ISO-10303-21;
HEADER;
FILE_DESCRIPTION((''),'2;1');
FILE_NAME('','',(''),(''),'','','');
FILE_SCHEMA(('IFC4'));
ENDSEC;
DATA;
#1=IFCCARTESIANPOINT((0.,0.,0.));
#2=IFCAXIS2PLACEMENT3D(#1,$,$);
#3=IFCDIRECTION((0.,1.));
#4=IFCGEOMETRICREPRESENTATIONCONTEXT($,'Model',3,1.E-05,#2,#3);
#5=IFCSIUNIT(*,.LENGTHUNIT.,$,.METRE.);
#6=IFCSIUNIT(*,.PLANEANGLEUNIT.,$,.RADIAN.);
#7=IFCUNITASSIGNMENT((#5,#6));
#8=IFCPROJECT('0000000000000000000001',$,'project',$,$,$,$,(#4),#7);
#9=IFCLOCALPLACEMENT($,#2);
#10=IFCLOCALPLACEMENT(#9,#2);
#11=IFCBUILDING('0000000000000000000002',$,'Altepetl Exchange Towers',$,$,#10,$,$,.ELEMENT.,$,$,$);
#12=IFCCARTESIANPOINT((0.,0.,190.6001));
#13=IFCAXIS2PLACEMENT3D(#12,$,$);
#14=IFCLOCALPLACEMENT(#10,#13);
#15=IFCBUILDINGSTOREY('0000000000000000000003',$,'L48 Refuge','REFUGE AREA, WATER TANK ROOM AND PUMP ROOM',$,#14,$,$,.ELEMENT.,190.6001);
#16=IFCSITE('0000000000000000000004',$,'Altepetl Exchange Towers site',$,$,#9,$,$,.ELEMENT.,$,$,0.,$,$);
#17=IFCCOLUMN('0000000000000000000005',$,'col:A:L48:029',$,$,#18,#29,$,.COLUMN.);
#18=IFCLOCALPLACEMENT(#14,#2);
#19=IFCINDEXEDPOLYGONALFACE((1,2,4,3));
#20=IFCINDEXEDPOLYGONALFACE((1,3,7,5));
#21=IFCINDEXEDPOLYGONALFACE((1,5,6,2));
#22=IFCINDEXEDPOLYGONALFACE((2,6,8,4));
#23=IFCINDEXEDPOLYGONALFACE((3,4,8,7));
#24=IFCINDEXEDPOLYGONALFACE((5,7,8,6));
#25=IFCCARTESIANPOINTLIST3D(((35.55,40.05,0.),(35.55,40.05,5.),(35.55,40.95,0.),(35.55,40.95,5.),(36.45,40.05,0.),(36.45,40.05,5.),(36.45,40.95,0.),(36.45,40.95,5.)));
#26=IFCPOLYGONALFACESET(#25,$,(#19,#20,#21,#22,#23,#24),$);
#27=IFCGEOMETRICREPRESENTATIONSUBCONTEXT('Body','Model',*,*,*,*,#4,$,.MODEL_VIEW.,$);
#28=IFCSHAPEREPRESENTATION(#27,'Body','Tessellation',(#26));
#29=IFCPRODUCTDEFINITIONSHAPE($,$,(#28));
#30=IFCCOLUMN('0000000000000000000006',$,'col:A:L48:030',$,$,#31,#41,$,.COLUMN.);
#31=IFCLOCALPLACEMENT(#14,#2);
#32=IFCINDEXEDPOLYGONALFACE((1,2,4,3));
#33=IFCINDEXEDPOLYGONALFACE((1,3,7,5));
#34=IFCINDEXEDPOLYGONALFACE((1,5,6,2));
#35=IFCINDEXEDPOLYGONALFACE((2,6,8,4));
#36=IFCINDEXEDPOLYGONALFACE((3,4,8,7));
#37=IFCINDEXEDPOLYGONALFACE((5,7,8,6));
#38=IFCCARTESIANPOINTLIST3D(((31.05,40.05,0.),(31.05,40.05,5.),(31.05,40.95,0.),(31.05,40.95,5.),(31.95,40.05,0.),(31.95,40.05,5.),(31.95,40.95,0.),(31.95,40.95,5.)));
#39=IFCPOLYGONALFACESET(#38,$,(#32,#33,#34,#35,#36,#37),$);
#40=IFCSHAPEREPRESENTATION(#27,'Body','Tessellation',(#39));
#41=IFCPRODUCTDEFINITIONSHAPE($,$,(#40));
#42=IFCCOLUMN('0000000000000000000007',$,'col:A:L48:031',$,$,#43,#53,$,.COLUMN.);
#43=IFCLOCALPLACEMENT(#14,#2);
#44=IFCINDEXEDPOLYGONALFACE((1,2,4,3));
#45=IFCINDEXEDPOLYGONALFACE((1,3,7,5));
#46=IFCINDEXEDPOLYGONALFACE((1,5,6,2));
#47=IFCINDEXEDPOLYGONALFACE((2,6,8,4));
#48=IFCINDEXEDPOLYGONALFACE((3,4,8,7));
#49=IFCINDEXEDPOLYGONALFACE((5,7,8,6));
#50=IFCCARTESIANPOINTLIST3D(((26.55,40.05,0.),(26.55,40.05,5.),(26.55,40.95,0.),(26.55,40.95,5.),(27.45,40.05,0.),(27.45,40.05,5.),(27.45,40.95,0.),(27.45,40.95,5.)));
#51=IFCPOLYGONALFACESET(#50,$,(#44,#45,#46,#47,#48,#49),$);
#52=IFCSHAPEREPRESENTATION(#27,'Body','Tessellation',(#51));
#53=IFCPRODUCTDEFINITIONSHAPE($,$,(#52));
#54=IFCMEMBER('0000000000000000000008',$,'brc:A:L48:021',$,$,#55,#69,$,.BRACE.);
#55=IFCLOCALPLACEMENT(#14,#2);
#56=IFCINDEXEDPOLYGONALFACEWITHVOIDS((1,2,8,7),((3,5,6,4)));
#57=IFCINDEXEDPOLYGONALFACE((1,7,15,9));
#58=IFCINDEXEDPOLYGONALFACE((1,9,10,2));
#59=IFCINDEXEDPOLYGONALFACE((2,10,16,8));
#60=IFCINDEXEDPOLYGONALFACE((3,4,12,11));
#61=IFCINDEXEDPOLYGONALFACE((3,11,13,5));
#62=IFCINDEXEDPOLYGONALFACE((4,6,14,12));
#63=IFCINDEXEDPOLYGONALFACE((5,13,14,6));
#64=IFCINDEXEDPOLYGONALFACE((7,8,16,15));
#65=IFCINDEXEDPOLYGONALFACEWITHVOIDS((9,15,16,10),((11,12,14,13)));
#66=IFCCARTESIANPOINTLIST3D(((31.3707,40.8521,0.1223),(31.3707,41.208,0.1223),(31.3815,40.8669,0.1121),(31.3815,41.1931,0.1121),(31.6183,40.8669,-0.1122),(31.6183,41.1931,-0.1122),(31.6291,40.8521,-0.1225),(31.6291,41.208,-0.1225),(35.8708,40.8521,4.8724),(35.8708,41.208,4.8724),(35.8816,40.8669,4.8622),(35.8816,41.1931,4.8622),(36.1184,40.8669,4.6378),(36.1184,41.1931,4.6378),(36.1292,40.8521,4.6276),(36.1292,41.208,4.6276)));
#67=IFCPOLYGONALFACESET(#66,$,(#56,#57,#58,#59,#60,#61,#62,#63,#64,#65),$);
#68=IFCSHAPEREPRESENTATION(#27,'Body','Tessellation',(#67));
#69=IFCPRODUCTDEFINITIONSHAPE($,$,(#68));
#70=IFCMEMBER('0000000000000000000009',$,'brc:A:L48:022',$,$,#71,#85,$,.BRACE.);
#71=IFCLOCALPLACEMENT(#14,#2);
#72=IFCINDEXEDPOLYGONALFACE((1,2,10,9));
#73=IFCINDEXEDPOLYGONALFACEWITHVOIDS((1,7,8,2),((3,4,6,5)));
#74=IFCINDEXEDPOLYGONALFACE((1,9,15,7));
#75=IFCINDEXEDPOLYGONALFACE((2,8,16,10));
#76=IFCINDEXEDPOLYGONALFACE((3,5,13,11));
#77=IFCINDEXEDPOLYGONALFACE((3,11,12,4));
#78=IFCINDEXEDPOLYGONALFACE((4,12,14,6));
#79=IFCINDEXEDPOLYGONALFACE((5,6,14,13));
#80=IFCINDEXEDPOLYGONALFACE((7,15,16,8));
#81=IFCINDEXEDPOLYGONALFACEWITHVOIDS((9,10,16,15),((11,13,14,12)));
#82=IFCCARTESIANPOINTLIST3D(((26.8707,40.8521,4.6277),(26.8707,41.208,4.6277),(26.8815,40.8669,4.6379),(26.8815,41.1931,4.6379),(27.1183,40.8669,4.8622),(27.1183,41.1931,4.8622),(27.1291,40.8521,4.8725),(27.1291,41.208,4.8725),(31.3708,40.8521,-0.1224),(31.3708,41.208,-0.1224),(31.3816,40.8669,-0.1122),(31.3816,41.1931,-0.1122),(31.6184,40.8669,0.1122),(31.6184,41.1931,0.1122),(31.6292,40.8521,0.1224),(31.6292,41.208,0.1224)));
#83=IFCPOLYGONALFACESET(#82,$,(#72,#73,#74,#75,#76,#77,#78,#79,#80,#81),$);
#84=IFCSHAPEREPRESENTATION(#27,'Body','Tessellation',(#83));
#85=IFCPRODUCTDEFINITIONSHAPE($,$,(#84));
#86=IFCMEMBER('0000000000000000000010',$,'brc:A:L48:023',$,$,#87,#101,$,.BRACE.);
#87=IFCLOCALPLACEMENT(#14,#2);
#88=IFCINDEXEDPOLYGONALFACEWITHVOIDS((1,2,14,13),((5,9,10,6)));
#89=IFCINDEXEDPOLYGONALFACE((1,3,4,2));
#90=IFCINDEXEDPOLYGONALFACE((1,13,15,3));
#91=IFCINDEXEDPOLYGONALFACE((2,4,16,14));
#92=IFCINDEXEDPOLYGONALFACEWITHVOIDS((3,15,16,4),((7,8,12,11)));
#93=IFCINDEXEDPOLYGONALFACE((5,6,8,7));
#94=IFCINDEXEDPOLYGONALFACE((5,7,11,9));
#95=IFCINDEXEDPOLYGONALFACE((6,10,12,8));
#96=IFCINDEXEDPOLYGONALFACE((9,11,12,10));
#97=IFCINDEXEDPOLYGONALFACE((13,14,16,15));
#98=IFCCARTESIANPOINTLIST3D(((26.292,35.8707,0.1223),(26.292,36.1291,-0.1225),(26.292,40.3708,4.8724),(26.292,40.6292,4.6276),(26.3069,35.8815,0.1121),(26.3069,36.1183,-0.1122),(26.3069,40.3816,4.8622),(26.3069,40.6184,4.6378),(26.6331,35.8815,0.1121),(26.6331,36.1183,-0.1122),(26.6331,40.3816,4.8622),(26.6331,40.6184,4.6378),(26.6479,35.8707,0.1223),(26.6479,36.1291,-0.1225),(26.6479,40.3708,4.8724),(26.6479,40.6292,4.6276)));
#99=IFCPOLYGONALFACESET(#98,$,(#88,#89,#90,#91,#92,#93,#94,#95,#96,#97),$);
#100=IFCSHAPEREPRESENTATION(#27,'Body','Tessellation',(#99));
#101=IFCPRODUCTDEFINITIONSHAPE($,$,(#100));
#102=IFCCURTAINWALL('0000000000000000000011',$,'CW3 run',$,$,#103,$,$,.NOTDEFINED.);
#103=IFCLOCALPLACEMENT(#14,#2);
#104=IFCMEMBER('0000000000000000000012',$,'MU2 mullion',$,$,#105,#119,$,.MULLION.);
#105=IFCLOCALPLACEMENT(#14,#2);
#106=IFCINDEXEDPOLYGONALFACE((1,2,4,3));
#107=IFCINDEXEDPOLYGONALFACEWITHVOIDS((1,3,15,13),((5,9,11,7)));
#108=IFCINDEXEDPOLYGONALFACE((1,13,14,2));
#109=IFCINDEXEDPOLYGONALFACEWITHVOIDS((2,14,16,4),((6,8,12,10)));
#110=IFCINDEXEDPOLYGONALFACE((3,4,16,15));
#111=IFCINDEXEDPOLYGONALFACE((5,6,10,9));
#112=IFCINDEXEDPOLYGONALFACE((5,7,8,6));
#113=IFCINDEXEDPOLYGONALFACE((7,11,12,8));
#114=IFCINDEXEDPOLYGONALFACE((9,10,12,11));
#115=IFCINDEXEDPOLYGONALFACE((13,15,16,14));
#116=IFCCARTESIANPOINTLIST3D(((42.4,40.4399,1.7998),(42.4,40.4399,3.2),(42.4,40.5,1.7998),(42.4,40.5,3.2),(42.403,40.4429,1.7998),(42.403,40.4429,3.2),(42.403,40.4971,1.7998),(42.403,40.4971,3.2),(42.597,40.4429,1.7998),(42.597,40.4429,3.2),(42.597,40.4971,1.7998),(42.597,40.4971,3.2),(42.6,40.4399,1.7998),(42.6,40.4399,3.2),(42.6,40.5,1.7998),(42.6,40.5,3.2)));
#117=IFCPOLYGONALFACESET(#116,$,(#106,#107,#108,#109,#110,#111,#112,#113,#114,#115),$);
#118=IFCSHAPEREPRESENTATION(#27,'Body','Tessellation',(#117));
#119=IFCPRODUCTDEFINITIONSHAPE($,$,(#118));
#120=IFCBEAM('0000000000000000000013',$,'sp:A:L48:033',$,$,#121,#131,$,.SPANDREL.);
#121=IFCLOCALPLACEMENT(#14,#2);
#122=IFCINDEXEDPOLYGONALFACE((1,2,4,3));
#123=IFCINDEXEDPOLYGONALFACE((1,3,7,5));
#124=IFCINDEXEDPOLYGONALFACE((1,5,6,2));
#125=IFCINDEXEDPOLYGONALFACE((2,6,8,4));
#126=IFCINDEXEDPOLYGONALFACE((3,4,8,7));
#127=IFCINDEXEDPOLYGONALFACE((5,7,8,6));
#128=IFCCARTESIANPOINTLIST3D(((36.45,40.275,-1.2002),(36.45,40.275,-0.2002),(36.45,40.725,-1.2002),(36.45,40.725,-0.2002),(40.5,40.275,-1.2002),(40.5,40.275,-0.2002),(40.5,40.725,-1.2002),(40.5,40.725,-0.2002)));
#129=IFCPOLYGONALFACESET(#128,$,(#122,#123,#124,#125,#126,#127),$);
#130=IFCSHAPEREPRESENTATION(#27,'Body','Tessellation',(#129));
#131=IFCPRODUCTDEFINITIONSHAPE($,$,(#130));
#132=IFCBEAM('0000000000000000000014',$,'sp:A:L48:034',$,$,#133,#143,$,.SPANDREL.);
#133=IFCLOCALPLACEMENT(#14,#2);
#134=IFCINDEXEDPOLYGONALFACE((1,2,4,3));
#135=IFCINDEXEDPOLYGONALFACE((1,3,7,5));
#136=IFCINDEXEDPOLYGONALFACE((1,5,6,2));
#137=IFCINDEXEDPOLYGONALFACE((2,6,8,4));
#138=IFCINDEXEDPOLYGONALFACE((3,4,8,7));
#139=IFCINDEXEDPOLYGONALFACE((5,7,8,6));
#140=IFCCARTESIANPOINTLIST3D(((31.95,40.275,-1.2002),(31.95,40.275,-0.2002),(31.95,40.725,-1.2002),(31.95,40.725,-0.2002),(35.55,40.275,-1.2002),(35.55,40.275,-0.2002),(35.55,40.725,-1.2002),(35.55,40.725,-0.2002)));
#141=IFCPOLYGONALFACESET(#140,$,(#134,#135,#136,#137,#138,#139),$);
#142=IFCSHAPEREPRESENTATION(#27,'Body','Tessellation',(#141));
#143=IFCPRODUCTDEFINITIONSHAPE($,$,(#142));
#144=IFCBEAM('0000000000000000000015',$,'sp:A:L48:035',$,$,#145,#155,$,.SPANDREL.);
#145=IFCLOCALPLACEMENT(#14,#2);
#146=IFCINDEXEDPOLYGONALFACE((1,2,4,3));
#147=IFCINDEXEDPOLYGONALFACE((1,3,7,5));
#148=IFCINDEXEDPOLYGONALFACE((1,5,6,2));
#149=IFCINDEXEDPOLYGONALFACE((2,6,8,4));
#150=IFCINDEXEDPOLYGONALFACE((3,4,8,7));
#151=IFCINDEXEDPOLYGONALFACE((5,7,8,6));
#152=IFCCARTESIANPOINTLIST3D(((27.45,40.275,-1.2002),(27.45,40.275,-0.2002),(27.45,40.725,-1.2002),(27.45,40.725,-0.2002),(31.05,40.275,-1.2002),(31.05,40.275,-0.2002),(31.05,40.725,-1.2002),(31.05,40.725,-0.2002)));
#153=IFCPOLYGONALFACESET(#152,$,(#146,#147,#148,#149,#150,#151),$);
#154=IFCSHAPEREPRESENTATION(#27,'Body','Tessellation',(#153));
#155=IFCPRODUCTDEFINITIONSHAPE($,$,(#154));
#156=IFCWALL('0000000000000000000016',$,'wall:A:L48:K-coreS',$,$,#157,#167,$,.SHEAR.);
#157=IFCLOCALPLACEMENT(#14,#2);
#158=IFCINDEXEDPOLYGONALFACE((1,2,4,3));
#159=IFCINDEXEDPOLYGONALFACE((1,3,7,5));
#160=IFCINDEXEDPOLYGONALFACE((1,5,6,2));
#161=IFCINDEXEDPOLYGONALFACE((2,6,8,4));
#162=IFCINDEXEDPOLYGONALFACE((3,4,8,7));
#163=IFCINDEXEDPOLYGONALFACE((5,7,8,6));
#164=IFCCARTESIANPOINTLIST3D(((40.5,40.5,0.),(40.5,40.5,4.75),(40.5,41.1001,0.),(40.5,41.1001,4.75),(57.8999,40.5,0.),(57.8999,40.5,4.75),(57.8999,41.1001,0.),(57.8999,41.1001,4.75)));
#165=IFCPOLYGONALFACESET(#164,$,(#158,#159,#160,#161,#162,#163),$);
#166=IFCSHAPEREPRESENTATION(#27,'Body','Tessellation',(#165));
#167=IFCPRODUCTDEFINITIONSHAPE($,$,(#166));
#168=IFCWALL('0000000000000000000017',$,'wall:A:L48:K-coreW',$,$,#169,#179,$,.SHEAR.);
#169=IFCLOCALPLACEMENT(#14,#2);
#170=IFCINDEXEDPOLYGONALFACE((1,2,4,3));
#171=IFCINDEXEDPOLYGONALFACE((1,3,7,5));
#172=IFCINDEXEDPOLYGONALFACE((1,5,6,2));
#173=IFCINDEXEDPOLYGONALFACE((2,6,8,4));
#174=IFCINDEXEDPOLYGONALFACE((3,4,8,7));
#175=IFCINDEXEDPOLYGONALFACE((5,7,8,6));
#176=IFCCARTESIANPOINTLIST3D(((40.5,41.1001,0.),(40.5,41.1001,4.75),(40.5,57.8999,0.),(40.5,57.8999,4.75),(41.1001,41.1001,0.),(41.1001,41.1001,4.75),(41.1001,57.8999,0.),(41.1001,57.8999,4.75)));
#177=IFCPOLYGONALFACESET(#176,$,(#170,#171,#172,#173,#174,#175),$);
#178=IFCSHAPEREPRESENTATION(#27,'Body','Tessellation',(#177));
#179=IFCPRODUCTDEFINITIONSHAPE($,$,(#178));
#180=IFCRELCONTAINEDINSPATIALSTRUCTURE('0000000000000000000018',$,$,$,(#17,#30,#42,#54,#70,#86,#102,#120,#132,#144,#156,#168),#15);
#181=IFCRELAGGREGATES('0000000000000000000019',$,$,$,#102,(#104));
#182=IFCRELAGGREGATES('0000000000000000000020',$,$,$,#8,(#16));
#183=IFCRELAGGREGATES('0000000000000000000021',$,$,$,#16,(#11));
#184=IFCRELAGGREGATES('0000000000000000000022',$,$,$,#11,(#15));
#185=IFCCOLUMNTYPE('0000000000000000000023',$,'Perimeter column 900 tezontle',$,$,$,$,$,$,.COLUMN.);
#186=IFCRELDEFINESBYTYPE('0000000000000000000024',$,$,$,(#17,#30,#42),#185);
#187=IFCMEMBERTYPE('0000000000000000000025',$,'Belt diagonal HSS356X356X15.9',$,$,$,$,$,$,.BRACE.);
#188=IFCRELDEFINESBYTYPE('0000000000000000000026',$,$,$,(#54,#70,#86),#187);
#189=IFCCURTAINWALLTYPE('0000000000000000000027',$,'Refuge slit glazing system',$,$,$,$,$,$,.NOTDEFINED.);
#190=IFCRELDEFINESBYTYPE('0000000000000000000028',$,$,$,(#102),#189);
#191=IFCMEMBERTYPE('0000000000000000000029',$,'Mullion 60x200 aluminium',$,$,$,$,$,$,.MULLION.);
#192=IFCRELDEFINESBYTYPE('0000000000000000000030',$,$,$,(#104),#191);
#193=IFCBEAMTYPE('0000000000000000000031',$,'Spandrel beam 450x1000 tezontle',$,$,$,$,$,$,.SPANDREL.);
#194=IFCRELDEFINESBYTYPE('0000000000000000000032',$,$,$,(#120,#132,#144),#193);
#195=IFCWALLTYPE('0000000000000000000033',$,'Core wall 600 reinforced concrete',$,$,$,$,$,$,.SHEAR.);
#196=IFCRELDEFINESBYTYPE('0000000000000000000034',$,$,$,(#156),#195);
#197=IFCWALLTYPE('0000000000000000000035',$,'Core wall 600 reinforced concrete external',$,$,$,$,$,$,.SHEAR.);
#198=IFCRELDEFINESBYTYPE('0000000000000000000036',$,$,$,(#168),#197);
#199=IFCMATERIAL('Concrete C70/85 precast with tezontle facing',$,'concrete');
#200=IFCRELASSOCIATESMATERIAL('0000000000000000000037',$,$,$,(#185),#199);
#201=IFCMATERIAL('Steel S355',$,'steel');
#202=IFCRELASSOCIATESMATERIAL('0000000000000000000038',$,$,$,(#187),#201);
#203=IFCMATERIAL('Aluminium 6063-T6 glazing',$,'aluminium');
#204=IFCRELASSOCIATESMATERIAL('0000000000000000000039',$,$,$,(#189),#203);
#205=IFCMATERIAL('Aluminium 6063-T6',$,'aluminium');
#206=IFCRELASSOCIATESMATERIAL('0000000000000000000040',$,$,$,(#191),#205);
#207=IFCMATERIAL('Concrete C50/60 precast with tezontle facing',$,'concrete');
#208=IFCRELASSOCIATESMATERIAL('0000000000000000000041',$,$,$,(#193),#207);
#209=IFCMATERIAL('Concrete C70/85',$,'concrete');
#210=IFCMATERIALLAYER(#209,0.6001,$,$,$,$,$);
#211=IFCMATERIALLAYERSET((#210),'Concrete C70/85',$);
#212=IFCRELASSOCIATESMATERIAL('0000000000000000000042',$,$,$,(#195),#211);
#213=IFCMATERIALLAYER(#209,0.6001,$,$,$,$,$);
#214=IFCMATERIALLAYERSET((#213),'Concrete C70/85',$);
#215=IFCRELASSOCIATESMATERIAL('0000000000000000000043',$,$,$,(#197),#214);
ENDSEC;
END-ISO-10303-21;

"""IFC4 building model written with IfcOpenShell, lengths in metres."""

from ifc_helpers import new_model, si_unit, direction, frame, frame_2d, origin, origin_2d, place, context, subcontext, project, spatial, rectangle, hollow_rectangle, extrude, material, layer, layer_set, material_profile, profile_set, type_object, element, aggregate, save


model = new_model("IFC4")

# Units and contexts
model_context = context("Model", 3, precision=1e-05, world=origin(), true_north=direction((0.0, 1.0)))
body_context = subcontext(model_context, "Body", "Model", "MODEL_VIEW")
ifc_project = project(units=[si_unit("LENGTHUNIT", "METRE"), si_unit("PLANEANGLEUNIT", "RADIAN")], contexts=[model_context])

# Site, building, storey
site_placement = place(None, origin())
site = spatial("IfcSite", under=ifc_project, at=site_placement, Name="Altepetl Exchange Towers site", CompositionType="ELEMENT", RefElevation=0.0)
building_placement = place(site_placement, origin())
building = spatial("IfcBuilding", under=site, at=building_placement, Name="Altepetl Exchange Towers", CompositionType="ELEMENT")
storey_placement = place(building_placement, frame((0.0, 0.0, 190.6001)))
storey = spatial("IfcBuildingStorey", under=building, at=storey_placement, Name="L48 Refuge", Description="REFUGE AREA, WATER TANK ROOM AND PUMP ROOM", CompositionType="ELEMENT", Elevation=190.6001)

# Columns
ifc_material_1 = material(Name="Concrete C70/85 precast with tezontle facing", Category="concrete")
ifc_material_profile_1 = material_profile(ifc_material_1, rectangle(XDim=0.8999, YDim=0.8999, at=origin_2d()), Name="900 x 900")
ifc_profile_set_1 = profile_set([ifc_material_profile_1], Name="Concrete C70/85 precast with tezontle facing")
column_type = type_object("IfcColumnType", Name="Perimeter column 900 tezontle", PredefinedType="COLUMN", material=ifc_profile_set_1)
for number, where, name in (
    (1, (36.0, 40.5, 0.0), "col:A:L48:029"),
    (2, (31.5, 40.5, 0.0), "col:A:L48:030"),
    (3, (27.0, 40.5, 0.0), "col:A:L48:031"),
):
    element("IfcColumn", number, at=place(storey_placement, frame(where)), inside=storey, type_object=column_type, Name=name, PredefinedType="COLUMN", context=body_context, shape_type="SweptSolid", body=[
        extrude(rectangle(XDim=0.8999, YDim=0.8999, at=origin_2d()), origin(), (0.0, 0.0, 1.0), 5.0),
    ])

# Members
ifc_material_2 = material(Name="Steel S355", Category="steel")
ifc_material_profile_2 = material_profile(ifc_material_2, hollow_rectangle(XDim=0.356, YDim=0.356, WallThickness=0.0149, at=origin_2d()), Name="HSS356X356X15.9")
ifc_profile_set_2 = profile_set([ifc_material_profile_2], Name="Steel S355")
member_type_1 = type_object("IfcMemberType", Name="Belt diagonal HSS356X356X15.9", PredefinedType="BRACE", material=ifc_profile_set_2)
for number, where, z_axis, x_axis, name in (
    (4, (36.0, 41.03, 4.75), (-0.687745, 0.0, -0.725953), (0.0, -1.0, 0.0), "brc:A:L48:021"),
    (5, (31.5, 41.03, 0.0), (-0.687745, 0.0, 0.725953), (0.0, -1.0, 0.0), "brc:A:L48:022"),
    (6, (26.47, 40.5, 4.75), (0.0, -0.687745, -0.725953), (1.0, 0.0, 0.0), "brc:A:L48:023"),
):
    element("IfcMember", number, at=place(storey_placement, frame(where, z_axis=z_axis, x_axis=x_axis)), inside=storey, type_object=member_type_1, Name=name, PredefinedType="BRACE", context=body_context, shape_type="SweptSolid", body=[
        extrude(hollow_rectangle(XDim=0.356, YDim=0.356, WallThickness=0.0149, at=origin_2d()), origin(), (0.0, 0.0, 1.0), 6.5432),
    ])

# Curtain wall, member
ifc_material_3 = material(Name="Aluminium 6063-T6 glazing", Category="aluminium")
curtain_wall_type = type_object("IfcCurtainWallType", Name="Refuge slit glazing system", PredefinedType="NOTDEFINED", material=ifc_material_3)
curtain_wall_placement = place(storey_placement, origin())
curtain_wall = element("IfcCurtainWall", 7, at=curtain_wall_placement, inside=storey, type_object=curtain_wall_type, Name="CW3 run", PredefinedType="NOTDEFINED")
ifc_material_4 = material(Name="Aluminium 6063-T6", Category="aluminium")
ifc_material_profile_3 = material_profile(ifc_material_4, hollow_rectangle(XDim=0.0601, YDim=0.2, WallThickness=0.0029, at=origin_2d()), Name="Mullion 60x200 aluminium")
ifc_profile_set_3 = profile_set([ifc_material_profile_3], Name="Aluminium 6063-T6")
member_type_2 = type_object("IfcMemberType", Name="Mullion 60x200 aluminium", PredefinedType="MULLION", material=ifc_profile_set_3)
member_placement = place(storey_placement, frame((42.5, 40.47, 1.7998), z_axis=(0.0, 0.0, 1.0), x_axis=(0.0, -1.0, 0.0)))
member = element("IfcMember", 8, at=member_placement, type_object=member_type_2, Name="MU2 mullion", PredefinedType="MULLION", context=body_context, shape_type="SweptSolid", body=[
    extrude(hollow_rectangle(XDim=0.0601, YDim=0.2, WallThickness=0.0029, at=origin_2d()), origin(), (0.0, 0.0, 1.0), 1.4001),
])
aggregate(curtain_wall, [member])

# Beams
ifc_material_5 = material(Name="Concrete C50/60 precast with tezontle facing", Category="concrete")
ifc_material_profile_4 = material_profile(ifc_material_5, rectangle(XDim=0.45, YDim=1.0, at=origin_2d()), Name="450 x 1000")
ifc_profile_set_4 = profile_set([ifc_material_profile_4], Name="Concrete C50/60 precast with tezontle facing")
beam_type = type_object("IfcBeamType", Name="Spandrel beam 450x1000 tezontle", PredefinedType="SPANDREL", material=ifc_profile_set_4)
beam_placement = place(storey_placement, frame((40.5, 40.5, -0.7002), z_axis=(-1.0, 0.0, 0.0), x_axis=(0.0, -1.0, 0.0)))
element("IfcBeam", 9, at=beam_placement, inside=storey, type_object=beam_type, Name="sp:A:L48:033", PredefinedType="SPANDREL", context=body_context, shape_type="SweptSolid", body=[
    extrude(rectangle(XDim=0.45, YDim=1.0, at=origin_2d()), origin(), (0.0, 0.0, 1.0), 4.05),
])
for number, where, z_axis, x_axis, name in (
    (10, (35.55, 40.5, -0.7002), (-1.0, 0.0, 0.0), (0.0, -1.0, 0.0), "sp:A:L48:034"),
    (11, (31.05, 40.5, -0.7002), (-1.0, 0.0, 0.0), (0.0, -1.0, 0.0), "sp:A:L48:035"),
):
    element("IfcBeam", number, at=place(storey_placement, frame(where, z_axis=z_axis, x_axis=x_axis)), inside=storey, type_object=beam_type, Name=name, PredefinedType="SPANDREL", context=body_context, shape_type="SweptSolid", body=[
        extrude(rectangle(XDim=0.45, YDim=1.0, at=origin_2d()), origin(), (0.0, 0.0, 1.0), 3.6001),
    ])

# Walls
ifc_material_6 = material(Name="Concrete C70/85", Category="concrete")
ifc_layer_1 = layer(ifc_material_6, 0.6001)
ifc_layer_set_1 = layer_set([ifc_layer_1], Name="Concrete C70/85")
wall_type_1 = type_object("IfcWallType", Name="Core wall 600 reinforced concrete", PredefinedType="SHEAR", material=ifc_layer_set_1)
wall_1_placement = place(storey_placement, frame((40.5, 40.8, 0.0)))
element("IfcWall", 12, at=wall_1_placement, inside=storey, type_object=wall_type_1, Name="wall:A:L48:K-coreS", PredefinedType="SHEAR", context=body_context, shape_type="SweptSolid", body=[
    extrude(rectangle(XDim=17.3999, YDim=0.6001, at=frame_2d((8.7, 0.0))), origin(), (0.0, 0.0, 1.0), 4.75),
])
ifc_layer_2 = layer(ifc_material_6, 0.6001)
ifc_layer_set_2 = layer_set([ifc_layer_2], Name="Concrete C70/85")
wall_type_2 = type_object("IfcWallType", Name="Core wall 600 reinforced concrete external", PredefinedType="SHEAR", material=ifc_layer_set_2)
wall_2_placement = place(storey_placement, frame((40.8, 41.1001, 0.0), z_axis=(0.0, 0.0, 1.0), x_axis=(0.0, 1.0, 0.0)))
element("IfcWall", 13, at=wall_2_placement, inside=storey, type_object=wall_type_2, Name="wall:A:L48:K-coreW", PredefinedType="SHEAR", context=body_context, shape_type="SweptSolid", body=[
    extrude(rectangle(XDim=16.7998, YDim=0.6001, at=frame_2d((8.3999, 0.0))), origin(), (0.0, 0.0, 1.0), 4.75),
])

save(model, "model.ifc")
